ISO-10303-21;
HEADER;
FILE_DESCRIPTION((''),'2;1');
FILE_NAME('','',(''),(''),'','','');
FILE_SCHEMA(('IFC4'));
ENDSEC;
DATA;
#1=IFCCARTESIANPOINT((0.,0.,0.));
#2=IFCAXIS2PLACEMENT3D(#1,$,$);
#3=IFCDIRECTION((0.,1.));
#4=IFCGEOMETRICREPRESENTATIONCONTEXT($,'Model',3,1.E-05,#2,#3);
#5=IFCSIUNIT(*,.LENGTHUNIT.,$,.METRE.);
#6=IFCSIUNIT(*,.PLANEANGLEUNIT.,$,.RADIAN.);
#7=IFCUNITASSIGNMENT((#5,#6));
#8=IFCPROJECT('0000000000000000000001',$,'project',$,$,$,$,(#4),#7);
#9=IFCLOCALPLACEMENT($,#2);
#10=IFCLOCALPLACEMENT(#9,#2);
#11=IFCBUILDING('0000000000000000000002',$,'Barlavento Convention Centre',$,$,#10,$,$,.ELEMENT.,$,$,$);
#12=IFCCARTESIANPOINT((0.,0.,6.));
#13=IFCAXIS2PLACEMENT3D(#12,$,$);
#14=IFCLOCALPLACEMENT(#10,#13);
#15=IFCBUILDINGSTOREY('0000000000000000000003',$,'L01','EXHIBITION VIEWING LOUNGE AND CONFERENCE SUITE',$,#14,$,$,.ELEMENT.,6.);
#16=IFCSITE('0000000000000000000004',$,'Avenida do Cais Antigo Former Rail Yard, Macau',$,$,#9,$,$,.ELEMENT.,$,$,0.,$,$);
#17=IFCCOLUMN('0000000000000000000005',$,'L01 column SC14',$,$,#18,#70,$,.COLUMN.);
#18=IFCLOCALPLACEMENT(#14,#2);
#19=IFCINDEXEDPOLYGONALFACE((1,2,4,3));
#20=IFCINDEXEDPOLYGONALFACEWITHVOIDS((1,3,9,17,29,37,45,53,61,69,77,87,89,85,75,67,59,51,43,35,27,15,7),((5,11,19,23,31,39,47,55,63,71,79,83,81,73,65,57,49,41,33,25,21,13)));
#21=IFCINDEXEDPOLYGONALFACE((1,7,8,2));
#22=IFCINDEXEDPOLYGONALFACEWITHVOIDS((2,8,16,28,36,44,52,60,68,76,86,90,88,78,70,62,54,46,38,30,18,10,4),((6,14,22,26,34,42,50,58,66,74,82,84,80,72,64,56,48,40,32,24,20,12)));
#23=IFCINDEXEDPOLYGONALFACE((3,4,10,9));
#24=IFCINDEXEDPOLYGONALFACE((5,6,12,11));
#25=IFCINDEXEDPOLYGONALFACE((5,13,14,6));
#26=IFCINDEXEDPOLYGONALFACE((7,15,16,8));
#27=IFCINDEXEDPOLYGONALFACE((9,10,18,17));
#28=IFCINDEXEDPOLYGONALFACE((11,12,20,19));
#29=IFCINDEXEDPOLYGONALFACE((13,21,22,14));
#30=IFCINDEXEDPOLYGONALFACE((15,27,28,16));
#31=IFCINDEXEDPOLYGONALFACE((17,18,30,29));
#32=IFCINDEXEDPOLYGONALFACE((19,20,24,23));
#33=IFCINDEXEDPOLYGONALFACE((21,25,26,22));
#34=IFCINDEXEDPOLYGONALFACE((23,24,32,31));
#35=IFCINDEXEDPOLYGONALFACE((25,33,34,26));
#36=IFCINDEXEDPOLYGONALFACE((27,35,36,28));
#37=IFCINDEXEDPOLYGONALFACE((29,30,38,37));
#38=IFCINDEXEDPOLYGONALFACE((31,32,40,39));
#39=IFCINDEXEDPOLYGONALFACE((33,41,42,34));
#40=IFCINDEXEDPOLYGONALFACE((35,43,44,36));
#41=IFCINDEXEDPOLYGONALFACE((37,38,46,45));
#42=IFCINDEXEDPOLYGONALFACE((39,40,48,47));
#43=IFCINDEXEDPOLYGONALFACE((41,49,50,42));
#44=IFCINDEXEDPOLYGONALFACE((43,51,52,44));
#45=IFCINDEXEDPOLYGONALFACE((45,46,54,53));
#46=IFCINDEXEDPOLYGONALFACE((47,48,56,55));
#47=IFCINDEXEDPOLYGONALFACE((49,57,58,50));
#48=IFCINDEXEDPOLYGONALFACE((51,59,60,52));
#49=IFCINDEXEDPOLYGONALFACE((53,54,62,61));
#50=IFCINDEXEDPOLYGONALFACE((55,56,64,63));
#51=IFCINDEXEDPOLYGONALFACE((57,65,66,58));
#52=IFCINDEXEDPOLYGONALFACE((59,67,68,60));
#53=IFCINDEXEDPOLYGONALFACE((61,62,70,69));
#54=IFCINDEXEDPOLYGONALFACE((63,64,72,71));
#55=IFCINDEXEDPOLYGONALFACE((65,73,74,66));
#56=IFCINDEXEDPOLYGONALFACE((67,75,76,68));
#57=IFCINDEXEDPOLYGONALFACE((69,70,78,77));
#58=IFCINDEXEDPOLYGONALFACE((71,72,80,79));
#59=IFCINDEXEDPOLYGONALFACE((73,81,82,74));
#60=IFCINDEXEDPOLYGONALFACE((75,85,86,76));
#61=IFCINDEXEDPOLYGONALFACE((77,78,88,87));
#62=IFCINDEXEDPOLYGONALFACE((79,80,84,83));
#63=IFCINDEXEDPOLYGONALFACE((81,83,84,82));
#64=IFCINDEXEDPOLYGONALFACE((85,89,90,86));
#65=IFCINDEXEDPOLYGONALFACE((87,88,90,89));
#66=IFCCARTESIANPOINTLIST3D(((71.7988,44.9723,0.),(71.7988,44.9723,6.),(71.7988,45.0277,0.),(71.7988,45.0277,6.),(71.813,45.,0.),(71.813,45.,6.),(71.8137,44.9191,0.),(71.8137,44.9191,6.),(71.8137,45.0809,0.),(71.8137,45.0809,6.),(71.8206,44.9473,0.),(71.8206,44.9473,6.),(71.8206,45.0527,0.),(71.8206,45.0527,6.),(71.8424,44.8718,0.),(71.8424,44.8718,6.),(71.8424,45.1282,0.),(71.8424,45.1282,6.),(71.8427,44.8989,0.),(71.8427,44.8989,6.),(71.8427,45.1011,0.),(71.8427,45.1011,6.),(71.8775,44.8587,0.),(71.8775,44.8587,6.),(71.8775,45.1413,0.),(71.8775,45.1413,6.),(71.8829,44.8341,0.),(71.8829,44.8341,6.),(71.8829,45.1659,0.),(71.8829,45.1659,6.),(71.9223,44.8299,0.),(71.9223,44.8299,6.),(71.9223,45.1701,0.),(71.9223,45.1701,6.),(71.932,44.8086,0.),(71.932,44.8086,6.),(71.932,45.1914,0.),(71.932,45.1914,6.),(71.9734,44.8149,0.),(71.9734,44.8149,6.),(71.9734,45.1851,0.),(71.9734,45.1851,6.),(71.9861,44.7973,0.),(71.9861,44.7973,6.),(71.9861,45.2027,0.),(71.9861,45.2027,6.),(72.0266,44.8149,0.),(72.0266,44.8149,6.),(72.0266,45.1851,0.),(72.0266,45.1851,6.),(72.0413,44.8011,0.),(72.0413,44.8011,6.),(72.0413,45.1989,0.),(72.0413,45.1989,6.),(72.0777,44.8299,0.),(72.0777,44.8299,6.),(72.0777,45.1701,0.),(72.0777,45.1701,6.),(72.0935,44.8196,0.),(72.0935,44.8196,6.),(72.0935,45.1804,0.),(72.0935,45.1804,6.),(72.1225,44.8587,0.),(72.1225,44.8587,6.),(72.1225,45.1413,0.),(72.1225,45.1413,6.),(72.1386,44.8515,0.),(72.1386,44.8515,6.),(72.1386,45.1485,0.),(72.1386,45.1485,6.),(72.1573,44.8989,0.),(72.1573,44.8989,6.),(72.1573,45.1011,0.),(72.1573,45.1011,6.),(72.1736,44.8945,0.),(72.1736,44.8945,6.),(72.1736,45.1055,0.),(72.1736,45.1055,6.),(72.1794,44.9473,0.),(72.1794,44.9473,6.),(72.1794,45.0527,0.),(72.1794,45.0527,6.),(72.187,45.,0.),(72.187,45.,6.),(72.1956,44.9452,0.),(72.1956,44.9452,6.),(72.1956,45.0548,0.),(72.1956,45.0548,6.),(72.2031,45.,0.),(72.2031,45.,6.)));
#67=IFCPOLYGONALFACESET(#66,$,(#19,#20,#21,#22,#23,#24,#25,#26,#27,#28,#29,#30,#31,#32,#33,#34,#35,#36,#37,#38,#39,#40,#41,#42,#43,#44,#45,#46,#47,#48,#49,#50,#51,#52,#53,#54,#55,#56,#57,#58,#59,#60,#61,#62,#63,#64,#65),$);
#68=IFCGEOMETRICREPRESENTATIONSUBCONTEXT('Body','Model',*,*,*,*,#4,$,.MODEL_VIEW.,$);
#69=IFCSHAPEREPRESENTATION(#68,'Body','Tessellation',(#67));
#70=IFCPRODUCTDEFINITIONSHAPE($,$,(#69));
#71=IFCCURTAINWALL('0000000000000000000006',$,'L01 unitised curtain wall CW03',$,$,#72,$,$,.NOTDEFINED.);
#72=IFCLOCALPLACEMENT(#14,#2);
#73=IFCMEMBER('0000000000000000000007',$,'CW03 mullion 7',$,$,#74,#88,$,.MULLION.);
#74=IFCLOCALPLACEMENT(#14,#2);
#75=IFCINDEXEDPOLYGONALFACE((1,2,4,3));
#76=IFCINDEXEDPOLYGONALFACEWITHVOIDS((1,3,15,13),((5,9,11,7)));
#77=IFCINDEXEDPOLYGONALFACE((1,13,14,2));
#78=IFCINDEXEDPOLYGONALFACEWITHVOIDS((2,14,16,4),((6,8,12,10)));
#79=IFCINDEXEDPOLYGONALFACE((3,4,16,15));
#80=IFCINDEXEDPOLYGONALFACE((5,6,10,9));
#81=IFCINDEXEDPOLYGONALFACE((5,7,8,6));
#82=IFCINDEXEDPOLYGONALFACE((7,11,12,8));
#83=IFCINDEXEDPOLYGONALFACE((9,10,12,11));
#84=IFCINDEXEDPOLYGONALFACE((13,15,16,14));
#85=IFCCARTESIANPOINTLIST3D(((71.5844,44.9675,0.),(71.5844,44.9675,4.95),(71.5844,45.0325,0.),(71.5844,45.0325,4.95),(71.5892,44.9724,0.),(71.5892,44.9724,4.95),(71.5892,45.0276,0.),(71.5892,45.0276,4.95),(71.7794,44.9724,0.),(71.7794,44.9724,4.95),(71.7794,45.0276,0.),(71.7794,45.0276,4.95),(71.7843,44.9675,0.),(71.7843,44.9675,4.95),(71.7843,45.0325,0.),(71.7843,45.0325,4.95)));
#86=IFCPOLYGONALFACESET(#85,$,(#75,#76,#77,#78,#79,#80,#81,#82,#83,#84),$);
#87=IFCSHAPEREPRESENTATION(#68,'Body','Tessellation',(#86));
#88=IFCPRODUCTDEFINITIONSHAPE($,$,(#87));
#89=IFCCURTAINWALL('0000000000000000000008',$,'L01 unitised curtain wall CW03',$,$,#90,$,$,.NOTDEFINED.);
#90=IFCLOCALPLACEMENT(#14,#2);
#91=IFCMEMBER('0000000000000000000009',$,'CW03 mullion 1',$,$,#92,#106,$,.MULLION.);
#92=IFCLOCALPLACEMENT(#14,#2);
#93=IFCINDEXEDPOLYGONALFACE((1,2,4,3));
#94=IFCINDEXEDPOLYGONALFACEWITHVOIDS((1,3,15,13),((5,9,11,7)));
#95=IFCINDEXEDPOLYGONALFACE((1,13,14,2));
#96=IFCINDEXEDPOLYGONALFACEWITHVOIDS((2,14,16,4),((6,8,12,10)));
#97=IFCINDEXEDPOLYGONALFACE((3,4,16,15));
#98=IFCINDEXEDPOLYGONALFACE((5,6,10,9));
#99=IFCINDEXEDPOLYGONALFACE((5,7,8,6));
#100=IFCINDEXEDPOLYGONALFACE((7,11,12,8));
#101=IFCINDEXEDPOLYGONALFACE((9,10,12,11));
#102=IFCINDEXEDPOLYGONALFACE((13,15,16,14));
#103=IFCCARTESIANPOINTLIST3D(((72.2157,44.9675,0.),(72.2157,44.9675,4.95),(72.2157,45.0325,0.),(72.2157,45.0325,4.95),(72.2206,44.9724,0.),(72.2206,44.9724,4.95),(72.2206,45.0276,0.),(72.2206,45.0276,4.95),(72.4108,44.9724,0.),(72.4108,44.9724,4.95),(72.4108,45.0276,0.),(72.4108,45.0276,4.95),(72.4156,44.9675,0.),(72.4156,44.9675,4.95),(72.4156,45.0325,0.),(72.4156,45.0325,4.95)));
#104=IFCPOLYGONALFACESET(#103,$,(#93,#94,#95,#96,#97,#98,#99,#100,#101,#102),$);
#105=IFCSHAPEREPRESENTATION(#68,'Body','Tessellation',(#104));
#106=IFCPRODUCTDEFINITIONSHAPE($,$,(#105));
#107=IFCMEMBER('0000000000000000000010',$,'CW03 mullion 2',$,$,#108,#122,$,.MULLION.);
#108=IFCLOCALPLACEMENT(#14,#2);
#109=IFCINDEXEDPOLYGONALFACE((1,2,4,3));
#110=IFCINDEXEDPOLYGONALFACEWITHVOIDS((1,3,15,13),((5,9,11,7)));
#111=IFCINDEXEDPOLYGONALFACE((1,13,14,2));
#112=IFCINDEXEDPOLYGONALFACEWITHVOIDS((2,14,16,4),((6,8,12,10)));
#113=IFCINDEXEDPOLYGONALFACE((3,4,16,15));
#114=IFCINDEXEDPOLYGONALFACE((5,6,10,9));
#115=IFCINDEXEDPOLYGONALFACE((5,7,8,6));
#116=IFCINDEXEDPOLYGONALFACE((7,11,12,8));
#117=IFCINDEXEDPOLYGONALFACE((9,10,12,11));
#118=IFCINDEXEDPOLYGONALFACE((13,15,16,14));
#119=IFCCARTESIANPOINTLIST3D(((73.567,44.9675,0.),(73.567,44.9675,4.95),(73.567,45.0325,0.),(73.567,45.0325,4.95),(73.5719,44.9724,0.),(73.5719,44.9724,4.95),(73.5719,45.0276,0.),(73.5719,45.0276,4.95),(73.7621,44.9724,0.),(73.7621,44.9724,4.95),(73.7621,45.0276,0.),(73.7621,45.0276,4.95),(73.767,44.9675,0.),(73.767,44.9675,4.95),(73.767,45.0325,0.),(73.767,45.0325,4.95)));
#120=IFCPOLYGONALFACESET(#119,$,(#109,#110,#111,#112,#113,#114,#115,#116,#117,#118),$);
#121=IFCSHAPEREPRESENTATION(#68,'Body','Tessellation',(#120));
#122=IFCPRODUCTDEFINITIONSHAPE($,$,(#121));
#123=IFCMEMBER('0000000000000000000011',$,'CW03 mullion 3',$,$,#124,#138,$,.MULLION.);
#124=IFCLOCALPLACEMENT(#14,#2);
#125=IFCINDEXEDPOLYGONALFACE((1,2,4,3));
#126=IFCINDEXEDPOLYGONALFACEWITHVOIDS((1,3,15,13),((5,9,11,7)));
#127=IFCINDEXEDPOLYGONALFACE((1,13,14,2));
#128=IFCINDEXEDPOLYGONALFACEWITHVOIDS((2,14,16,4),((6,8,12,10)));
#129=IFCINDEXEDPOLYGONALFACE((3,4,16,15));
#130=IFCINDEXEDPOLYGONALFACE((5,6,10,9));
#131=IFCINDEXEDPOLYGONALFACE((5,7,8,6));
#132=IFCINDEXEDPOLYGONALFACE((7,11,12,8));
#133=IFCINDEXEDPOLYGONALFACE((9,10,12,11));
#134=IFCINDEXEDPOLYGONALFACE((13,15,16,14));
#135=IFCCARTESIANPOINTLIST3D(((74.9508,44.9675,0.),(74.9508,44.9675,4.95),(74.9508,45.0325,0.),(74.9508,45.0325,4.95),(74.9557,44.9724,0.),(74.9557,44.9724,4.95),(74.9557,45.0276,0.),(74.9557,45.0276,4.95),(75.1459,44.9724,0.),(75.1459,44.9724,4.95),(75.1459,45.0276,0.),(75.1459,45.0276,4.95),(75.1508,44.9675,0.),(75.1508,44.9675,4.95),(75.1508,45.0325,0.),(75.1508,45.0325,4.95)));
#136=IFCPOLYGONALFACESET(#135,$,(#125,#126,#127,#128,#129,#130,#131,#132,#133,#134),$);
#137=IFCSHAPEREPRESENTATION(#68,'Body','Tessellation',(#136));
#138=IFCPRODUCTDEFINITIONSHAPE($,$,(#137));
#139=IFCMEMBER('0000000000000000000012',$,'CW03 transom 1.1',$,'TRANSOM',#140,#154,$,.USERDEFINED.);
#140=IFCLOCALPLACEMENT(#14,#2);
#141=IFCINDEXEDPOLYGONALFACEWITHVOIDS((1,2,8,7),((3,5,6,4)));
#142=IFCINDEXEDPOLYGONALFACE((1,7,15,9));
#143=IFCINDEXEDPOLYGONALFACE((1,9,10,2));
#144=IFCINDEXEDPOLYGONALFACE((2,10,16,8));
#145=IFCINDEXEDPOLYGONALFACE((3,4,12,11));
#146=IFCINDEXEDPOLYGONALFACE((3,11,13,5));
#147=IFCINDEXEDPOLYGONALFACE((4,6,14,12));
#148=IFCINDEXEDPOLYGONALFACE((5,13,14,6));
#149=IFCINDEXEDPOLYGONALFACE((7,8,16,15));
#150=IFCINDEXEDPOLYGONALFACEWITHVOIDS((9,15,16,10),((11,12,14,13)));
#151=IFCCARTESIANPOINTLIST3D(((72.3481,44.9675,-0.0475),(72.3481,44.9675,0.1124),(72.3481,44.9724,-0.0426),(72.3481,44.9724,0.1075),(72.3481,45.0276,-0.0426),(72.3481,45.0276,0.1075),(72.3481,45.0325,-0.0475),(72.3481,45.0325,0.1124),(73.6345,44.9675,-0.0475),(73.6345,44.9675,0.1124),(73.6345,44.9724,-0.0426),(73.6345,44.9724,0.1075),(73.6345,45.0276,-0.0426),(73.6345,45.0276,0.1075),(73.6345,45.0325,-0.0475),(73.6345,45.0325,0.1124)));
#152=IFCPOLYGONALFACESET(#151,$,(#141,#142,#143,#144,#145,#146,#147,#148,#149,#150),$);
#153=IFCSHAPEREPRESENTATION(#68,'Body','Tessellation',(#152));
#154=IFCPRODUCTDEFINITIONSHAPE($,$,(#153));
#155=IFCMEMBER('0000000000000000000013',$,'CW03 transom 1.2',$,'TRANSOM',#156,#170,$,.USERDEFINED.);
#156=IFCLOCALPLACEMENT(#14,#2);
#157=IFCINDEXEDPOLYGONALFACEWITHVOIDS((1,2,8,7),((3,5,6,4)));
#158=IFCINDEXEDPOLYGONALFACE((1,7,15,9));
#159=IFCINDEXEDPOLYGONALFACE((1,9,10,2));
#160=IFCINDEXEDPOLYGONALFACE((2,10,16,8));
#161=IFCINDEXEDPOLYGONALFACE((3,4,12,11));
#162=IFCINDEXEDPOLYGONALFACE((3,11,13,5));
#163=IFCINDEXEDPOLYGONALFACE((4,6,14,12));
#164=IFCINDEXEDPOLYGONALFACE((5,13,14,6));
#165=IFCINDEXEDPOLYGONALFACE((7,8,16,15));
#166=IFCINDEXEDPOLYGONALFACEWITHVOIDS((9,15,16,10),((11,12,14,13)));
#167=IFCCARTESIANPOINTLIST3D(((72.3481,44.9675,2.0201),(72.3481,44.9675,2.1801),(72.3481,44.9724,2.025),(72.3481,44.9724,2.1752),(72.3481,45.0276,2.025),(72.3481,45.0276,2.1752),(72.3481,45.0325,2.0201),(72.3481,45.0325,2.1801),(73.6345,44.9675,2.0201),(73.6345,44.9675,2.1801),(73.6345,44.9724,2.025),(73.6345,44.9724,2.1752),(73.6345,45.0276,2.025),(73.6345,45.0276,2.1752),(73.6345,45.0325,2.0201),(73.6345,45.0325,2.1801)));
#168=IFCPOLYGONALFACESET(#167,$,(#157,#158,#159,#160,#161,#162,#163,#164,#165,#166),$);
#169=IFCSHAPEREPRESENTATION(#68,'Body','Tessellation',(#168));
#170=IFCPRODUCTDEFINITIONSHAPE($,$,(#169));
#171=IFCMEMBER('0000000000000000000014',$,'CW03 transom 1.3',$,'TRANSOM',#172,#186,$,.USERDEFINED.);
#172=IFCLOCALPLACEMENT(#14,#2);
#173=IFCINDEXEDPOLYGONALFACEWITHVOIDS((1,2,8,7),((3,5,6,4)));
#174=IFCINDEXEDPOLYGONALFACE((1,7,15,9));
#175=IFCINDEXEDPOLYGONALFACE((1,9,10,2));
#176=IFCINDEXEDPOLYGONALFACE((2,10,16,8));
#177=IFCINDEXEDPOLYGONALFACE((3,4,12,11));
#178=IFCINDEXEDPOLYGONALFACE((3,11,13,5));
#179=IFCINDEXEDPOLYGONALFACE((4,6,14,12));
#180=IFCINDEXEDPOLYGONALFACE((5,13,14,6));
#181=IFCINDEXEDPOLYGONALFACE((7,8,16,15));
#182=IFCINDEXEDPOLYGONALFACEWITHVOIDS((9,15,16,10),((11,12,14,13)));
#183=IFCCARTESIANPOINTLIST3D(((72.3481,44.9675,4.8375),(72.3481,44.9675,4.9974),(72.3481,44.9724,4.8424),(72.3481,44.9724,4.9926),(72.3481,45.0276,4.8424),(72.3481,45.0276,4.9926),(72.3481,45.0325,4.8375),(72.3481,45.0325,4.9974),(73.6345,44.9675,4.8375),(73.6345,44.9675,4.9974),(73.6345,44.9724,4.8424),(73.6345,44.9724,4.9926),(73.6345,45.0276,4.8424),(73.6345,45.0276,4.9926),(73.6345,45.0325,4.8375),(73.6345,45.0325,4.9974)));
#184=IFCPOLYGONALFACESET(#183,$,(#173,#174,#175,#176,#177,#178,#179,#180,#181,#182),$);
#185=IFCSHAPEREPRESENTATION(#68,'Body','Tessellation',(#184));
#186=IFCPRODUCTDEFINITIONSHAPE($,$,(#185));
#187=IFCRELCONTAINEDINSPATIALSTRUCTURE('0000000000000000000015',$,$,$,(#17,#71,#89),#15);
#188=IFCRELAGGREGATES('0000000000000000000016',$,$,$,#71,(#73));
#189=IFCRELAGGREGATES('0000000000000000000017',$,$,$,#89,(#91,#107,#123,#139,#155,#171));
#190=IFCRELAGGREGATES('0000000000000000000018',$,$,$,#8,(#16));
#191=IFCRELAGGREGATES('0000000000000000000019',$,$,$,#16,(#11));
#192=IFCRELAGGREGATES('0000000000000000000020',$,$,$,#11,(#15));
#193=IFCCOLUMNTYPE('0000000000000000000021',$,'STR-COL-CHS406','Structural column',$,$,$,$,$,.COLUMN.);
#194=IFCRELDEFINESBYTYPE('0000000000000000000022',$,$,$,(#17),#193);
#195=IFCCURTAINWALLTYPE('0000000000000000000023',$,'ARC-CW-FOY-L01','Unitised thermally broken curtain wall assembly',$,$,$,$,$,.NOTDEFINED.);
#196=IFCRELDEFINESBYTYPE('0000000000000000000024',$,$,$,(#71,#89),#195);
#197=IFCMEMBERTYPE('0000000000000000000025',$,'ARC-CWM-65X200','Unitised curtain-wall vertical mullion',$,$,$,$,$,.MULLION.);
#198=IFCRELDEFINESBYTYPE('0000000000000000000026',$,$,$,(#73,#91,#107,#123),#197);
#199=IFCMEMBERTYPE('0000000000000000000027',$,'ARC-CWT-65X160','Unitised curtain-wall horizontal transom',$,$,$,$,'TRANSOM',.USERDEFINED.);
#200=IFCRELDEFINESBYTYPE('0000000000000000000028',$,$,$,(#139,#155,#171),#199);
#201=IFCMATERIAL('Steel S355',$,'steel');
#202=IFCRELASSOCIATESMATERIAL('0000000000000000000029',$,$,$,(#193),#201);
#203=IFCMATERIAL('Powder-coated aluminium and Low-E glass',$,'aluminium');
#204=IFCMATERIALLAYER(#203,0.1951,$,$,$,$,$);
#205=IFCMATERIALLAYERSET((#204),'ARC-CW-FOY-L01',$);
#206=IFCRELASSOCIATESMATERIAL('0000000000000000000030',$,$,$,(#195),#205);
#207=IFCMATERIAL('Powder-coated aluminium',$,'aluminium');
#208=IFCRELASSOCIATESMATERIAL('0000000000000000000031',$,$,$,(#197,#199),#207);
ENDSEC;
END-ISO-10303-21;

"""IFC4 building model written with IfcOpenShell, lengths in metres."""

from ifc_helpers import new_model, si_unit, direction, frame, origin, origin_2d, place, context, subcontext, project, spatial, hollow_rectangle, hollow_circle, extrude, material, layer, layer_set, material_profile, profile_set, type_object, element, aggregate, save


model = new_model("IFC4")

# Units and contexts
model_context = context("Model", 3, precision=1e-05, world=origin(), true_north=direction((0.0, 1.0)))
body_context = subcontext(model_context, "Body", "Model", "MODEL_VIEW")
ifc_project = project(units=[si_unit("LENGTHUNIT", "METRE"), si_unit("PLANEANGLEUNIT", "RADIAN")], contexts=[model_context])

# Site, building, storey
site_placement = place(None, origin())
site = spatial("IfcSite", under=ifc_project, at=site_placement, Name="Avenida do Cais Antigo Former Rail Yard, Macau", CompositionType="ELEMENT", RefElevation=0.0)
building_placement = place(site_placement, origin())
building = spatial("IfcBuilding", under=site, at=building_placement, Name="Barlavento Convention Centre", CompositionType="ELEMENT")
storey_placement = place(building_placement, frame((0.0, 0.0, 6.0)))
storey = spatial("IfcBuildingStorey", under=building, at=storey_placement, Name="L01", Description="EXHIBITION VIEWING LOUNGE AND CONFERENCE SUITE", CompositionType="ELEMENT", Elevation=6.0)

# Column
ifc_material_1 = material(Name="Steel S355", Category="steel")
ifc_material_profile_1 = material_profile(ifc_material_1, hollow_circle(Radius=0.2031, WallThickness=0.0161, at=origin_2d()), Name="CHS 406.4x16.0")
ifc_profile_set_1 = profile_set([ifc_material_profile_1], Name="Steel S355")
column_type = type_object("IfcColumnType", Name="STR-COL-CHS406", Description="Structural column", PredefinedType="COLUMN", material=ifc_profile_set_1)
column_placement = place(storey_placement, frame((72.0, 45.0, 0.0), z_axis=(0.0, 0.0, 1.0), x_axis=(1.0, 0.0, 0.0)))
element("IfcColumn", 1, at=column_placement, inside=storey, type_object=column_type, Name="L01 column SC14", PredefinedType="COLUMN", context=body_context, shape_type="SweptSolid", body=[
    extrude(hollow_circle(Radius=0.2031, WallThickness=0.0161, at=origin_2d()), origin(), (0.0, 0.0, 1.0), 6.0),
])

# Curtain wall, member
ifc_material_2 = material(Name="Powder-coated aluminium and Low-E glass", Category="aluminium")
ifc_layer_1 = layer(ifc_material_2, 0.1951)
ifc_layer_set_1 = layer_set([ifc_layer_1], Name="ARC-CW-FOY-L01")
curtain_wall_type = type_object("IfcCurtainWallType", Name="ARC-CW-FOY-L01", Description="Unitised thermally broken curtain wall assembly", PredefinedType="NOTDEFINED", material=ifc_layer_set_1)
curtain_wall_1_placement = place(storey_placement, origin())
curtain_wall_1 = element("IfcCurtainWall", 2, at=curtain_wall_1_placement, inside=storey, type_object=curtain_wall_type, Name="L01 unitised curtain wall CW03", PredefinedType="NOTDEFINED")
ifc_material_3 = material(Name="Powder-coated aluminium", Category="aluminium")
ifc_material_profile_2 = material_profile(ifc_material_3, hollow_rectangle(XDim=0.0649, YDim=0.2, WallThickness=0.0049, at=origin_2d()), Name="AL-MULL 65x200x5")
ifc_profile_set_2 = profile_set([ifc_material_profile_2], Name="Powder-coated aluminium")
member_type_1 = type_object("IfcMemberType", Name="ARC-CWM-65X200", Description="Unitised curtain-wall vertical mullion", PredefinedType="MULLION", material=ifc_profile_set_2)
member_1_placement = place(storey_placement, frame((71.6843, 45.0, 0.0), z_axis=(0.0, 0.0, 1.0), x_axis=(0.0, 1.0, 0.0)))
member_1 = element("IfcMember", 3, at=member_1_placement, type_object=member_type_1, Name="CW03 mullion 7", PredefinedType="MULLION", context=body_context, shape_type="SweptSolid", body=[
    extrude(hollow_rectangle(XDim=0.0649, YDim=0.2, WallThickness=0.0049, at=origin_2d()), origin(), (0.0, 0.0, 1.0), 4.95),
])

# Curtain wall, members
curtain_wall_2_placement = place(storey_placement, origin())
curtain_wall_2 = element("IfcCurtainWall", 4, at=curtain_wall_2_placement, inside=storey, type_object=curtain_wall_type, Name="L01 unitised curtain wall CW03", PredefinedType="NOTDEFINED")
member_2_placement = place(storey_placement, frame((72.3157, 45.0, 0.0), z_axis=(0.0, 0.0, 1.0), x_axis=(0.0, 1.0, 0.0)))
member_2 = element("IfcMember", 5, at=member_2_placement, type_object=member_type_1, Name="CW03 mullion 1", PredefinedType="MULLION", context=body_context, shape_type="SweptSolid", body=[
    extrude(hollow_rectangle(XDim=0.0649, YDim=0.2, WallThickness=0.0049, at=origin_2d()), origin(), (0.0, 0.0, 1.0), 4.95),
])
member_3_placement = place(storey_placement, frame((73.667, 45.0, 0.0), z_axis=(0.0, 0.0, 1.0), x_axis=(0.0, 1.0, 0.0)))
member_3 = element("IfcMember", 6, at=member_3_placement, type_object=member_type_1, Name="CW03 mullion 2", PredefinedType="MULLION", context=body_context, shape_type="SweptSolid", body=[
    extrude(hollow_rectangle(XDim=0.0649, YDim=0.2, WallThickness=0.0049, at=origin_2d()), origin(), (0.0, 0.0, 1.0), 4.95),
])
member_4_placement = place(storey_placement, frame((75.0508, 45.0, 0.0), z_axis=(0.0, 0.0, 1.0), x_axis=(0.0, 1.0, 0.0)))
member_4 = element("IfcMember", 7, at=member_4_placement, type_object=member_type_1, Name="CW03 mullion 3", PredefinedType="MULLION", context=body_context, shape_type="SweptSolid", body=[
    extrude(hollow_rectangle(XDim=0.0649, YDim=0.2, WallThickness=0.0049, at=origin_2d()), origin(), (0.0, 0.0, 1.0), 4.95),
])
ifc_material_profile_3 = material_profile(ifc_material_3, hollow_rectangle(XDim=0.0649, YDim=0.1599, WallThickness=0.0049, at=origin_2d()), Name="AL-TRAN 65x160x5")
ifc_profile_set_3 = profile_set([ifc_material_profile_3], Name="Powder-coated aluminium")
member_type_2 = type_object("IfcMemberType", Name="ARC-CWT-65X160", Description="Unitised curtain-wall horizontal transom", ElementType="TRANSOM", PredefinedType="USERDEFINED", material=ifc_profile_set_3)
member_5_placement = place(storey_placement, frame((72.3481, 45.0, 0.0325), z_axis=(1.0, 0.0, 0.0), x_axis=(0.0, 1.0, 0.0)))
member_5 = element("IfcMember", 8, at=member_5_placement, type_object=member_type_2, Name="CW03 transom 1.1", ObjectType="TRANSOM", PredefinedType="USERDEFINED", context=body_context, shape_type="SweptSolid", body=[
    extrude(hollow_rectangle(XDim=0.0649, YDim=0.1599, WallThickness=0.0049, at=origin_2d()), origin(), (0.0, 0.0, 1.0), 1.2864),
])
member_6_placement = place(storey_placement, frame((72.3481, 45.0, 2.1001), z_axis=(1.0, 0.0, 0.0), x_axis=(0.0, 1.0, 0.0)))
member_6 = element("IfcMember", 9, at=member_6_placement, type_object=member_type_2, Name="CW03 transom 1.2", ObjectType="TRANSOM", PredefinedType="USERDEFINED", context=body_context, shape_type="SweptSolid", body=[
    extrude(hollow_rectangle(XDim=0.0649, YDim=0.1599, WallThickness=0.0049, at=origin_2d()), origin(), (0.0, 0.0, 1.0), 1.2864),
])
member_7_placement = place(storey_placement, frame((72.3481, 45.0, 4.9175), z_axis=(1.0, 0.0, 0.0), x_axis=(0.0, 1.0, 0.0)))
member_7 = element("IfcMember", 10, at=member_7_placement, type_object=member_type_2, Name="CW03 transom 1.3", ObjectType="TRANSOM", PredefinedType="USERDEFINED", context=body_context, shape_type="SweptSolid", body=[
    extrude(hollow_rectangle(XDim=0.0649, YDim=0.1599, WallThickness=0.0049, at=origin_2d()), origin(), (0.0, 0.0, 1.0), 1.2864),
])

aggregate(curtain_wall_1, [member_1])
aggregate(curtain_wall_2, [member_2, member_3, member_4, member_5, member_6, member_7])

save(model, "model.ifc")
